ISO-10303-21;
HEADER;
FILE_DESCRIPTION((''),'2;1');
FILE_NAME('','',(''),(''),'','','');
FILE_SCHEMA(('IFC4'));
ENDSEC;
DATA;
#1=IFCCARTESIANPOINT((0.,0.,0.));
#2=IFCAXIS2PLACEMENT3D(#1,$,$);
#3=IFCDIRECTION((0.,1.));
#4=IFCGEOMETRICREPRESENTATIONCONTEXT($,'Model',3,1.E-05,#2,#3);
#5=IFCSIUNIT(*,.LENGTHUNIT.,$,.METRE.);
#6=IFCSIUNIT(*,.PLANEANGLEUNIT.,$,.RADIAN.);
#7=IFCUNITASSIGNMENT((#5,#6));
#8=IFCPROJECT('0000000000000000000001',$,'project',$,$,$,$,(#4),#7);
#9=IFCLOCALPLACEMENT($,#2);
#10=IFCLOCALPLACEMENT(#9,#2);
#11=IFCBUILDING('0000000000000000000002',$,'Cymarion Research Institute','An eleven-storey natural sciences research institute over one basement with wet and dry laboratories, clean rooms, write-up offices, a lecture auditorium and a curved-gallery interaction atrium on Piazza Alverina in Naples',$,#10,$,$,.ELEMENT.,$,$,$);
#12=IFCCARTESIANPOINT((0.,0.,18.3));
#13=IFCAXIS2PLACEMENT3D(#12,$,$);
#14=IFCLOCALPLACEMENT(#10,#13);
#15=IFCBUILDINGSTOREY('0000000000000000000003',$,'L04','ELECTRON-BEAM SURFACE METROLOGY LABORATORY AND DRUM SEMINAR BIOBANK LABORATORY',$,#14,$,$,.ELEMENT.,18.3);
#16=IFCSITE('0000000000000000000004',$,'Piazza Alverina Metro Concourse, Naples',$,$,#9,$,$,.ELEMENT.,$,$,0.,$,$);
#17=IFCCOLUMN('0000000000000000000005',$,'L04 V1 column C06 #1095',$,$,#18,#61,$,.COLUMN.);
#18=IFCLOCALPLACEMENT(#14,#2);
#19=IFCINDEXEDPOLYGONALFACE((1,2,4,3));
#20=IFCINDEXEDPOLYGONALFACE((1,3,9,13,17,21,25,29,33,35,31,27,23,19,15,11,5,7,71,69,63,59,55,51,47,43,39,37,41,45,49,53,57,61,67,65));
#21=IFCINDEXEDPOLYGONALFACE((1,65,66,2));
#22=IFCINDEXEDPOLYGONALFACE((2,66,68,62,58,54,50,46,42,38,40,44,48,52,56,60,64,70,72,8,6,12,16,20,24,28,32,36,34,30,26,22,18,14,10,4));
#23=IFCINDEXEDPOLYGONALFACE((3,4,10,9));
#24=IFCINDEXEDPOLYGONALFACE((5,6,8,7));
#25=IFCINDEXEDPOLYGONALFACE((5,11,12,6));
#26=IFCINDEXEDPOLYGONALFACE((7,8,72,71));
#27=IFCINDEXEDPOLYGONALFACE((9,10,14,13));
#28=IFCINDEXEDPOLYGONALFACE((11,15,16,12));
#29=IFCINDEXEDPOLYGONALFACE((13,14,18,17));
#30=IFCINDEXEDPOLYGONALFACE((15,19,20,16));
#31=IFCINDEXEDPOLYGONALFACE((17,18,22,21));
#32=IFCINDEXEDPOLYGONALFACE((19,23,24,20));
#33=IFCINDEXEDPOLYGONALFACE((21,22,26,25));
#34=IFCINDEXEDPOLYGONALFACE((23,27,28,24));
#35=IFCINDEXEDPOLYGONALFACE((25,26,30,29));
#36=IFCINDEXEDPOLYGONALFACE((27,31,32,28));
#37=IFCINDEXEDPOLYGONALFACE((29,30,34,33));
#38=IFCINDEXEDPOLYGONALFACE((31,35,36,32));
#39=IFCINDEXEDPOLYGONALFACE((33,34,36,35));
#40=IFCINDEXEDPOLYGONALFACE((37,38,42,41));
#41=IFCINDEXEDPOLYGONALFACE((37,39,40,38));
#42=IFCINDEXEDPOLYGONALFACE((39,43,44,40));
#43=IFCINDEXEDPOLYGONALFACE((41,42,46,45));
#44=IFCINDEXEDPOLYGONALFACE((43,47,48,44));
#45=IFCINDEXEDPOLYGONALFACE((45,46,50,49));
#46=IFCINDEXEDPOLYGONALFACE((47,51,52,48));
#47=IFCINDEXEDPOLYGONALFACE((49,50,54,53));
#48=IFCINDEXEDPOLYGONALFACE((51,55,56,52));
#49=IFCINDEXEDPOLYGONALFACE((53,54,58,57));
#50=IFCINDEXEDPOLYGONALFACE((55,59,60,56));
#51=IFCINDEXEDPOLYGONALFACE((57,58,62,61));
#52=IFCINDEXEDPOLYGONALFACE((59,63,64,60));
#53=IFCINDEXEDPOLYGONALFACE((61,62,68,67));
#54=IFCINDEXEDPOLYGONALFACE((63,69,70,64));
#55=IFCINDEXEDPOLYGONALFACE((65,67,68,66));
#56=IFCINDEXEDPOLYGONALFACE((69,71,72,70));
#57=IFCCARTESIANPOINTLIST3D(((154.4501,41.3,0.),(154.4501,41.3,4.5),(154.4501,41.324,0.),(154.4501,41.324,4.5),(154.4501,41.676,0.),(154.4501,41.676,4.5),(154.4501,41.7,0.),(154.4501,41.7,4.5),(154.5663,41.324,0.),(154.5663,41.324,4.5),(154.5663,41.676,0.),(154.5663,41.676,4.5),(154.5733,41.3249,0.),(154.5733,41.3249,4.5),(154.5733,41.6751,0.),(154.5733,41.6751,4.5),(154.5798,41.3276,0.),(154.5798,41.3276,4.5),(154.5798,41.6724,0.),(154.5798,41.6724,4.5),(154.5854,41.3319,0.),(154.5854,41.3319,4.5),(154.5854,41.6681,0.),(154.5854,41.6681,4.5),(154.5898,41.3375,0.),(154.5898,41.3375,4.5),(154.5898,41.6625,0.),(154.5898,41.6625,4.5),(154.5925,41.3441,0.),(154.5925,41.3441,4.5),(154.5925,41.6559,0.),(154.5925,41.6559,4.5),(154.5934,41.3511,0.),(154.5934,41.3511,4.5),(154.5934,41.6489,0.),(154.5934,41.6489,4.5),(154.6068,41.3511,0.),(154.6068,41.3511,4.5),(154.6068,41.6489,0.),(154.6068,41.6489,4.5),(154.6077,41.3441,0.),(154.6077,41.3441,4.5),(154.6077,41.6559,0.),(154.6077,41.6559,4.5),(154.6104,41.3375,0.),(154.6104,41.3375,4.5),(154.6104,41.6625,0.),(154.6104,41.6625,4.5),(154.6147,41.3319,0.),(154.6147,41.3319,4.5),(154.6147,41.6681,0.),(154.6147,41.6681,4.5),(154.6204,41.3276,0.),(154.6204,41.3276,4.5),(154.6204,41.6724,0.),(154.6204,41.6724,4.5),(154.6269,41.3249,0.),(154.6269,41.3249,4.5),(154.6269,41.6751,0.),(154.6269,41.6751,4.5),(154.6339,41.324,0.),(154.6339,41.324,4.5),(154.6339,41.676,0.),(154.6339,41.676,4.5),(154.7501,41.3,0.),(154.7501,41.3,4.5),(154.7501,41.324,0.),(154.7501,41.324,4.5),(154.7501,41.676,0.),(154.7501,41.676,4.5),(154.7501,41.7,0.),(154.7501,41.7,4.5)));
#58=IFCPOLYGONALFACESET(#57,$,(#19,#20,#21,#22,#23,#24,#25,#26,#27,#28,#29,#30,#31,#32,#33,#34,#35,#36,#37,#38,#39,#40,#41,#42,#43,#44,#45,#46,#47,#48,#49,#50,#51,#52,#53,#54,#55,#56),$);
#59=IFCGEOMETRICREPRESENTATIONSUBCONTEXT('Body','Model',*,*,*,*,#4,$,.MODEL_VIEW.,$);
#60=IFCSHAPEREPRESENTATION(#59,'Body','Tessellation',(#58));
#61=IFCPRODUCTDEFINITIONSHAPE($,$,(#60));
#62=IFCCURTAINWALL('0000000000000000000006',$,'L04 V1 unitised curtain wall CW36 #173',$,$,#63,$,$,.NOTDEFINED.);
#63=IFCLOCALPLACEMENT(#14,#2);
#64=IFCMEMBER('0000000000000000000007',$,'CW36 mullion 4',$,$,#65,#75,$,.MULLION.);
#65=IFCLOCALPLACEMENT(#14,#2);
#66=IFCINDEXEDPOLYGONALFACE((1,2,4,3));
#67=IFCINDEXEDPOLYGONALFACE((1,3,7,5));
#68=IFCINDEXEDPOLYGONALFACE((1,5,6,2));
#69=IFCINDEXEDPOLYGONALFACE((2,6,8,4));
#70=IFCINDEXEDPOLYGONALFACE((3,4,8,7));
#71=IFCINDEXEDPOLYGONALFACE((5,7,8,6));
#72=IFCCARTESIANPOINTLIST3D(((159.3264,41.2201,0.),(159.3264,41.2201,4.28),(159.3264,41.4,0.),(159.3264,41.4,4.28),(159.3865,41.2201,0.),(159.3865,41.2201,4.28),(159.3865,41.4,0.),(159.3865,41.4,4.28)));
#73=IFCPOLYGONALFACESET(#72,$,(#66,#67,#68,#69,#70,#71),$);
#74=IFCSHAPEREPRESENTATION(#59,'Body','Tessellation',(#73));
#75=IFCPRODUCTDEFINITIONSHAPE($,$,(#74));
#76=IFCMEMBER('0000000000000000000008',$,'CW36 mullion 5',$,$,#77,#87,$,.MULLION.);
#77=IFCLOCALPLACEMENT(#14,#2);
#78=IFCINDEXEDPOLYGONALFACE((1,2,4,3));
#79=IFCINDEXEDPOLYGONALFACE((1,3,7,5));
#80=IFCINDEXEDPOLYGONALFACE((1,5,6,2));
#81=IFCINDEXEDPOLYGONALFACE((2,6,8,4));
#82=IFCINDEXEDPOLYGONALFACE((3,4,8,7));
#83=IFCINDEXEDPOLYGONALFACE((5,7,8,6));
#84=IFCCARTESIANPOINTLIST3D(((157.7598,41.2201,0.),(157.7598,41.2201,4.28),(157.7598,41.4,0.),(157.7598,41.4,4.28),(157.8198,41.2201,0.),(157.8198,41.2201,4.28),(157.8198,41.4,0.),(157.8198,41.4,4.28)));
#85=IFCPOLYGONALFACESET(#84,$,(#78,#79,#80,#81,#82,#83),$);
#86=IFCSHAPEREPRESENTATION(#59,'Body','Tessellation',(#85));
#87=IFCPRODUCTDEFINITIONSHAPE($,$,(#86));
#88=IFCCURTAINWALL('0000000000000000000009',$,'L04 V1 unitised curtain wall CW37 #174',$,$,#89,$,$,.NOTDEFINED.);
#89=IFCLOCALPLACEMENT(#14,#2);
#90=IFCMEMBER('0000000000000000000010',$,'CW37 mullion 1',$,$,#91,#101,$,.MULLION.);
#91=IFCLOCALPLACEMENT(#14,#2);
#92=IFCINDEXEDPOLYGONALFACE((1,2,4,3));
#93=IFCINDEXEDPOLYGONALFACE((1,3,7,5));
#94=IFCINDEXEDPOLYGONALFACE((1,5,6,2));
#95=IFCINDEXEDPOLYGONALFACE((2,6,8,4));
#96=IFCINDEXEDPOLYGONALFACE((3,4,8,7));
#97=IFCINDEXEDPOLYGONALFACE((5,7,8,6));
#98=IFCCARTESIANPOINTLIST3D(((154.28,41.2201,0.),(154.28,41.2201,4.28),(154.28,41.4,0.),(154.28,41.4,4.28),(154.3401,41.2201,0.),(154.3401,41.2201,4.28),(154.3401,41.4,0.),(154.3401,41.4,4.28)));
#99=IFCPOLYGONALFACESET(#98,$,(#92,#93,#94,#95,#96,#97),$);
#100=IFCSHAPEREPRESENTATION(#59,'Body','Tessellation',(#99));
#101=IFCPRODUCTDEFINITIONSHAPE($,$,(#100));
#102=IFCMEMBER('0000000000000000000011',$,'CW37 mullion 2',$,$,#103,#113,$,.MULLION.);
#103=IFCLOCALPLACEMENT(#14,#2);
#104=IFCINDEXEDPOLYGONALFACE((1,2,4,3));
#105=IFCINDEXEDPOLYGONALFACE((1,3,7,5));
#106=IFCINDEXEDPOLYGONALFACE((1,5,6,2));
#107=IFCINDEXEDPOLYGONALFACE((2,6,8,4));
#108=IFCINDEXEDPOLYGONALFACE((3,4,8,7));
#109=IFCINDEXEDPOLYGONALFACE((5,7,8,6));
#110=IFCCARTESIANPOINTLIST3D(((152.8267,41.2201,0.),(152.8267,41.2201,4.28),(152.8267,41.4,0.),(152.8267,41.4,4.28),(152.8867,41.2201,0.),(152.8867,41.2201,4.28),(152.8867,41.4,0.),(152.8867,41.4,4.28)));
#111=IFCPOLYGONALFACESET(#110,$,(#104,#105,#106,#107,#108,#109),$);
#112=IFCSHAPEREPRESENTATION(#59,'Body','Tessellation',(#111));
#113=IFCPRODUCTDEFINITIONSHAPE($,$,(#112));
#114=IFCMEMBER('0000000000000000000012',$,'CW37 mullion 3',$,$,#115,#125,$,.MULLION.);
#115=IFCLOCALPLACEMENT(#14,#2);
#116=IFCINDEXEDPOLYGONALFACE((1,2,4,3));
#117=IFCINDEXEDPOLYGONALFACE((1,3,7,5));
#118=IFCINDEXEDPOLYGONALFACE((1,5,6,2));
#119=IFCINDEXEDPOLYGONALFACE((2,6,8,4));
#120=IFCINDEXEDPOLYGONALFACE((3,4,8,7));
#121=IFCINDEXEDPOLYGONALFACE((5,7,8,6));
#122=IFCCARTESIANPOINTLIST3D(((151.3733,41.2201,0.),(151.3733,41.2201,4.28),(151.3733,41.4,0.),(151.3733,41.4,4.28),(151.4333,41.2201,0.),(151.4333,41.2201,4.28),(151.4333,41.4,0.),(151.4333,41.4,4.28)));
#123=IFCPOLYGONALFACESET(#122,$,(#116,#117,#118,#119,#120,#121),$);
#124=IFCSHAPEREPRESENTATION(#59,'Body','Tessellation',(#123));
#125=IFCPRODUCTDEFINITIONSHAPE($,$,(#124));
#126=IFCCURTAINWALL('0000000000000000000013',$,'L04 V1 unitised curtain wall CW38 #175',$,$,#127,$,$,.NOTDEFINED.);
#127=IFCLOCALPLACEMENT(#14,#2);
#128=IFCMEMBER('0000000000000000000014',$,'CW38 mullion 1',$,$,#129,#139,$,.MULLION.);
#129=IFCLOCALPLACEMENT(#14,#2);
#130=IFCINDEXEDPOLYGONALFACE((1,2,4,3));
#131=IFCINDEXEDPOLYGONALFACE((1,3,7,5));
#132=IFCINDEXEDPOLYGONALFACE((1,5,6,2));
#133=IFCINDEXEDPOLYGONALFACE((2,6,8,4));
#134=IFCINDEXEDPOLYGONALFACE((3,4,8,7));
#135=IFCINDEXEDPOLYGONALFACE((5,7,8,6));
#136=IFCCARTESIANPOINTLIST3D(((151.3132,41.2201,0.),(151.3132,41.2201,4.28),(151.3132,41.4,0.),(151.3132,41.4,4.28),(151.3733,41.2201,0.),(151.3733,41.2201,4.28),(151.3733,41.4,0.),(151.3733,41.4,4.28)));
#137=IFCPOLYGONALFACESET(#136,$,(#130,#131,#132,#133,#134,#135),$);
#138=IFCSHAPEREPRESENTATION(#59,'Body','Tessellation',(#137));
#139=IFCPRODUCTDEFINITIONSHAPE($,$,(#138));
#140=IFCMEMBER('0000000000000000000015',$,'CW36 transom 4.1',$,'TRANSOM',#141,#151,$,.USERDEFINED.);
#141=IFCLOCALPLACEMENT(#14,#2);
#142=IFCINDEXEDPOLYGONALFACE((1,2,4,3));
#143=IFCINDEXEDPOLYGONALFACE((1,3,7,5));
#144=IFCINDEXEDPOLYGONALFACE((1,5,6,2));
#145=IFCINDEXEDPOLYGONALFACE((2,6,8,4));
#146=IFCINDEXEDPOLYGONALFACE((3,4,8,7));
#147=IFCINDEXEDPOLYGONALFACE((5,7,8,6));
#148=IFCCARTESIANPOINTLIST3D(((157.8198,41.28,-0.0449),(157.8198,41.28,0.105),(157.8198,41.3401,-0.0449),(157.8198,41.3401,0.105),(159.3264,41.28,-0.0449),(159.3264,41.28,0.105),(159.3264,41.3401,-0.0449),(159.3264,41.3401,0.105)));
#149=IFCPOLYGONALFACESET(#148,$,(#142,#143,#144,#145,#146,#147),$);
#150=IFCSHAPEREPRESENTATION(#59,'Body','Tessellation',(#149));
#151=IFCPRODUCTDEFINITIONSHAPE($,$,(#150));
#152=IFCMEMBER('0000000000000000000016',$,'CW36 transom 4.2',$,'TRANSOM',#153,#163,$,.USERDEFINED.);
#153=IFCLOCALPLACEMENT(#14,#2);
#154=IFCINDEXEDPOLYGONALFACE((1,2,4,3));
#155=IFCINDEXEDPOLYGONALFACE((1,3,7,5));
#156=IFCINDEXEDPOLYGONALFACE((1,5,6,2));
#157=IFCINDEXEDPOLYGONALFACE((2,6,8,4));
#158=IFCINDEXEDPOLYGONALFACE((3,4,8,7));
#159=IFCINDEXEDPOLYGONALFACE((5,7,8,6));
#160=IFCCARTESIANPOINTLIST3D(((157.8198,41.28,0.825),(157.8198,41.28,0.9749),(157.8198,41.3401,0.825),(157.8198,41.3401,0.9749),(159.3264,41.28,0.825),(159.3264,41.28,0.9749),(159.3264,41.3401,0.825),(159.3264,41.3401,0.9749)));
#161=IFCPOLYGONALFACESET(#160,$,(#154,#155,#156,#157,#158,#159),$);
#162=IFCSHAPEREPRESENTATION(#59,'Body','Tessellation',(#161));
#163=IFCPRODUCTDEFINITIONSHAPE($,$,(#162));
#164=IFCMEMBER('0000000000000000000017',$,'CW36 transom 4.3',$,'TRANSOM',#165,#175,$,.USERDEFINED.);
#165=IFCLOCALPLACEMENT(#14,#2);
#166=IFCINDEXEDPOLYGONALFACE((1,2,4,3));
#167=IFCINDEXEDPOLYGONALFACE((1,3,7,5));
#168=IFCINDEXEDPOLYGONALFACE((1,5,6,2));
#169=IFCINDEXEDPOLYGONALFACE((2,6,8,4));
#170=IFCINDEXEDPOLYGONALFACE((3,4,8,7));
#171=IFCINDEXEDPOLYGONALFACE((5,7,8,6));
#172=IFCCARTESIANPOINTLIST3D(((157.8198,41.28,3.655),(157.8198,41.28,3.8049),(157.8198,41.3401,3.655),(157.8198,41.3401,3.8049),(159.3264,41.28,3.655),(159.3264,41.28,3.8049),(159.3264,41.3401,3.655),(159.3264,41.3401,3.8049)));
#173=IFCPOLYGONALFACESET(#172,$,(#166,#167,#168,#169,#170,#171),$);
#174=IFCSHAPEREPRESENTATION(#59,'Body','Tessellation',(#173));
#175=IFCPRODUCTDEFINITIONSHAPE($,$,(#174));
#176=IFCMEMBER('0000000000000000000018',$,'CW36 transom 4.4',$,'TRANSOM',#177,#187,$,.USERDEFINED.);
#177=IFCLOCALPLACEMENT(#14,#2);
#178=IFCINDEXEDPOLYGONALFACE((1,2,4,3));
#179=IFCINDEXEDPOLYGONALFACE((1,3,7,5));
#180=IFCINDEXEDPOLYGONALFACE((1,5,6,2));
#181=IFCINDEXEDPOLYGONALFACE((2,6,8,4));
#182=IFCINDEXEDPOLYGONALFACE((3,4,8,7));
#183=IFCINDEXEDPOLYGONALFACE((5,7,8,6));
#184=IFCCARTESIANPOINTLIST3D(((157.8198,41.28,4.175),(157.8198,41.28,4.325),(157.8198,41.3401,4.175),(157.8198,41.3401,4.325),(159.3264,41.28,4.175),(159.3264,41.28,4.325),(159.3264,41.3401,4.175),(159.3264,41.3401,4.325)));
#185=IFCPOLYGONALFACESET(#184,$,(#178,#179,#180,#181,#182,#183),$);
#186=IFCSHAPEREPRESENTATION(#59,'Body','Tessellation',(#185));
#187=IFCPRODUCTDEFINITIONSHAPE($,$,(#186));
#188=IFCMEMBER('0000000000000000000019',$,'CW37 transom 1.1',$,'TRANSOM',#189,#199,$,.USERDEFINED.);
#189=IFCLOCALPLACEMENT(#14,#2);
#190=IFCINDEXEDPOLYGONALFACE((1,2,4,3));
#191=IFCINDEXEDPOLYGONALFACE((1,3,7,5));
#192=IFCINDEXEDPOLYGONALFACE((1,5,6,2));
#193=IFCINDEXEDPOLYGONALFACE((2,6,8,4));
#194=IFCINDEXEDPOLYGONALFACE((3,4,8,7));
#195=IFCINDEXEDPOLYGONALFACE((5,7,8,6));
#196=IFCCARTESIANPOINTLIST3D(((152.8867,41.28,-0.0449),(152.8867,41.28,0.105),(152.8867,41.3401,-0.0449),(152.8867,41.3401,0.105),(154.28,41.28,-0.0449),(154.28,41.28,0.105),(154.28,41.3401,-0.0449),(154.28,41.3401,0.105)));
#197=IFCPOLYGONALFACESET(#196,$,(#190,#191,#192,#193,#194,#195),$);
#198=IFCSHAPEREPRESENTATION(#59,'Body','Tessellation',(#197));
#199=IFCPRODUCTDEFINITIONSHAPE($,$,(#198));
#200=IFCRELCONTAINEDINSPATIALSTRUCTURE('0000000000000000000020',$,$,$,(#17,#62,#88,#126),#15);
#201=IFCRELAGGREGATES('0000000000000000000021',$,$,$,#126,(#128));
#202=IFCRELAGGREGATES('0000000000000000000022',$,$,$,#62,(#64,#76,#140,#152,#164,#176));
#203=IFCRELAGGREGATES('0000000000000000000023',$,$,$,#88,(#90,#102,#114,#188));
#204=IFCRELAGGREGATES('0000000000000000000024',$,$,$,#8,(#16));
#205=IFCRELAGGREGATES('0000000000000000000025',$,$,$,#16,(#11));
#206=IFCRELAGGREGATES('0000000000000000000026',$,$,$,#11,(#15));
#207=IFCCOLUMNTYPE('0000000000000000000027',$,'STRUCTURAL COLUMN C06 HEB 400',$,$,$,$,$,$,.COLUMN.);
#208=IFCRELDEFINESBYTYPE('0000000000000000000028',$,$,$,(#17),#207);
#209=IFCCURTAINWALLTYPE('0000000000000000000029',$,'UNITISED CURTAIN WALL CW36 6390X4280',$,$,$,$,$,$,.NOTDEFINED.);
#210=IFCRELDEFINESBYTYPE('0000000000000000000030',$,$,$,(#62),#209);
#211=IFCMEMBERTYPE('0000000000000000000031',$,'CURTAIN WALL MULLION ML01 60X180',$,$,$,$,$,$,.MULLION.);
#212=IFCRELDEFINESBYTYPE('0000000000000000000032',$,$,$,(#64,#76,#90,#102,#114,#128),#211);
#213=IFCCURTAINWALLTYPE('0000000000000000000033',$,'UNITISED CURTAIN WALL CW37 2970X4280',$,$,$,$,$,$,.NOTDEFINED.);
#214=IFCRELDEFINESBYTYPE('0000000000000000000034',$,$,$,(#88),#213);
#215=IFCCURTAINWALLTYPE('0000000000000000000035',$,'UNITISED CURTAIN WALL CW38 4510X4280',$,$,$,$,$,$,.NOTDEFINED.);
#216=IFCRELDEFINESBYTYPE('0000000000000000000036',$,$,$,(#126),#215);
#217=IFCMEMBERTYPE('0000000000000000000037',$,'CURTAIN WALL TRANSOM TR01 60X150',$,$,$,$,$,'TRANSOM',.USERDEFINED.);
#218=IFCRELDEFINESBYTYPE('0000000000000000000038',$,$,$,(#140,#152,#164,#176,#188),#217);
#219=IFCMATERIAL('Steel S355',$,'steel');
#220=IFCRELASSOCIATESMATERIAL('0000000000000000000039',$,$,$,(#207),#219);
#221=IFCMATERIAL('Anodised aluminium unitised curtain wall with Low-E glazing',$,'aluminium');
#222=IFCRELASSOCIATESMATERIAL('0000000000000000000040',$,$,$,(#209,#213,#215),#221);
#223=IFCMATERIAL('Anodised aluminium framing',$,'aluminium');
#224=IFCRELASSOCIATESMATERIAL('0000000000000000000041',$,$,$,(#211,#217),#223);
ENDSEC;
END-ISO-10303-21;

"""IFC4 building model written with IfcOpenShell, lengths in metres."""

from ifc_helpers import new_model, si_unit, direction, frame, origin, origin_2d, place, context, subcontext, project, spatial, rectangle, i_section, extrude, material, material_profile, profile_set, type_object, element, aggregate, save


model = new_model("IFC4")

# Units and contexts
model_context = context("Model", 3, precision=1e-05, world=origin(), true_north=direction((0.0, 1.0)))
body_context = subcontext(model_context, "Body", "Model", "MODEL_VIEW")
ifc_project = project(units=[si_unit("LENGTHUNIT", "METRE"), si_unit("PLANEANGLEUNIT", "RADIAN")], contexts=[model_context])

# Site, building, storey
site_placement = place(None, origin())
site = spatial("IfcSite", under=ifc_project, at=site_placement, Name="Piazza Alverina Metro Concourse, Naples", CompositionType="ELEMENT", RefElevation=0.0)
building_placement = place(site_placement, origin())
building = spatial("IfcBuilding", under=site, at=building_placement, Name="Cymarion Research Institute", Description="An eleven-storey natural sciences research institute over one basement with wet and dry laboratories, clean rooms, write-up offices, a lecture auditorium and a curved-gallery interaction atrium on Piazza Alverina in Naples", CompositionType="ELEMENT")
storey_placement = place(building_placement, frame((0.0, 0.0, 18.3)))
storey = spatial("IfcBuildingStorey", under=building, at=storey_placement, Name="L04", Description="ELECTRON-BEAM SURFACE METROLOGY LABORATORY AND DRUM SEMINAR BIOBANK LABORATORY", CompositionType="ELEMENT", Elevation=18.3)

# Column
ifc_material_1 = material(Name="Steel S355", Category="steel")
ifc_material_profile_1 = material_profile(ifc_material_1, i_section(OverallWidth=0.3, OverallDepth=0.3999, WebThickness=0.0134, FlangeThickness=0.0239, FilletRadius=0.0271, at=origin_2d()), Name="HEB 400")
ifc_profile_set_1 = profile_set([ifc_material_profile_1], Name="Steel S355")
column_type = type_object("IfcColumnType", Name="STRUCTURAL COLUMN C06 HEB 400", PredefinedType="COLUMN", material=ifc_profile_set_1)
column_placement = place(storey_placement, frame((154.6001, 41.5, 0.0), z_axis=(0.0, 0.0, 1.0), x_axis=(1.0, 0.0, 0.0)))
element("IfcColumn", 1, at=column_placement, inside=storey, type_object=column_type, Name="L04 V1 column C06 #1095", PredefinedType="COLUMN", context=body_context, shape_type="SweptSolid", body=[
    extrude(i_section(OverallWidth=0.3, OverallDepth=0.3999, WebThickness=0.0134, FlangeThickness=0.0239, FilletRadius=0.0271, at=origin_2d()), origin(), (0.0, 0.0, 1.0), 4.5),
])

# Curtain walls, members
ifc_material_2 = material(Name="Anodised aluminium unitised curtain wall with Low-E glazing", Category="aluminium")
curtain_wall_type_1 = type_object("IfcCurtainWallType", Name="UNITISED CURTAIN WALL CW36 6390X4280", PredefinedType="NOTDEFINED", material=ifc_material_2)
curtain_wall_1_placement = place(storey_placement, origin())
curtain_wall_1 = element("IfcCurtainWall", 2, at=curtain_wall_1_placement, inside=storey, type_object=curtain_wall_type_1, Name="L04 V1 unitised curtain wall CW36 #173", PredefinedType="NOTDEFINED")
ifc_material_3 = material(Name="Anodised aluminium framing", Category="aluminium")
ifc_material_profile_2 = material_profile(ifc_material_3, rectangle(XDim=0.0601, YDim=0.1799, at=origin_2d()), Name="ALU MULLION 60x180")
ifc_profile_set_2 = profile_set([ifc_material_profile_2], Name="Anodised aluminium framing")
member_type_1 = type_object("IfcMemberType", Name="CURTAIN WALL MULLION ML01 60X180", PredefinedType="MULLION", material=ifc_profile_set_2)
member_1_placement = place(storey_placement, frame((159.3564, 41.3101, 0.0), z_axis=(0.0, 0.0, 1.0), x_axis=(-1.0, 0.0, 0.0)))
member_1 = element("IfcMember", 3, at=member_1_placement, type_object=member_type_1, Name="CW36 mullion 4", PredefinedType="MULLION", context=body_context, shape_type="SweptSolid", body=[
    extrude(rectangle(XDim=0.0601, YDim=0.1799, at=origin_2d()), origin(), (0.0, 0.0, 1.0), 4.28),
])
member_2_placement = place(storey_placement, frame((157.7898, 41.3101, 0.0), z_axis=(0.0, 0.0, 1.0), x_axis=(-1.0, 0.0, 0.0)))
member_2 = element("IfcMember", 4, at=member_2_placement, type_object=member_type_1, Name="CW36 mullion 5", PredefinedType="MULLION", context=body_context, shape_type="SweptSolid", body=[
    extrude(rectangle(XDim=0.0601, YDim=0.1799, at=origin_2d()), origin(), (0.0, 0.0, 1.0), 4.28),
])
curtain_wall_type_2 = type_object("IfcCurtainWallType", Name="UNITISED CURTAIN WALL CW37 2970X4280", PredefinedType="NOTDEFINED", material=ifc_material_2)
curtain_wall_2_placement = place(storey_placement, origin())
curtain_wall_2 = element("IfcCurtainWall", 5, at=curtain_wall_2_placement, inside=storey, type_object=curtain_wall_type_2, Name="L04 V1 unitised curtain wall CW37 #174", PredefinedType="NOTDEFINED")
member_3_placement = place(storey_placement, frame((154.3101, 41.3101, 0.0), z_axis=(0.0, 0.0, 1.0), x_axis=(-1.0, 0.0, 0.0)))
member_3 = element("IfcMember", 6, at=member_3_placement, type_object=member_type_1, Name="CW37 mullion 1", PredefinedType="MULLION", context=body_context, shape_type="SweptSolid", body=[
    extrude(rectangle(XDim=0.0601, YDim=0.1799, at=origin_2d()), origin(), (0.0, 0.0, 1.0), 4.28),
])
member_4_placement = place(storey_placement, frame((152.8567, 41.3101, 0.0), z_axis=(0.0, 0.0, 1.0), x_axis=(-1.0, 0.0, 0.0)))
member_4 = element("IfcMember", 7, at=member_4_placement, type_object=member_type_1, Name="CW37 mullion 2", PredefinedType="MULLION", context=body_context, shape_type="SweptSolid", body=[
    extrude(rectangle(XDim=0.0601, YDim=0.1799, at=origin_2d()), origin(), (0.0, 0.0, 1.0), 4.28),
])
member_5_placement = place(storey_placement, frame((151.4033, 41.3101, 0.0), z_axis=(0.0, 0.0, 1.0), x_axis=(-1.0, 0.0, 0.0)))
member_5 = element("IfcMember", 8, at=member_5_placement, type_object=member_type_1, Name="CW37 mullion 3", PredefinedType="MULLION", context=body_context, shape_type="SweptSolid", body=[
    extrude(rectangle(XDim=0.0601, YDim=0.1799, at=origin_2d()), origin(), (0.0, 0.0, 1.0), 4.28),
])

# Curtain wall, member
curtain_wall_type_3 = type_object("IfcCurtainWallType", Name="UNITISED CURTAIN WALL CW38 4510X4280", PredefinedType="NOTDEFINED", material=ifc_material_2)
curtain_wall_3_placement = place(storey_placement, origin())
curtain_wall_3 = element("IfcCurtainWall", 9, at=curtain_wall_3_placement, inside=storey, type_object=curtain_wall_type_3, Name="L04 V1 unitised curtain wall CW38 #175", PredefinedType="NOTDEFINED")
member_6_placement = place(storey_placement, frame((151.3433, 41.3101, 0.0), z_axis=(0.0, 0.0, 1.0), x_axis=(-1.0, 0.0, 0.0)))
member_6 = element("IfcMember", 10, at=member_6_placement, type_object=member_type_1, Name="CW38 mullion 1", PredefinedType="MULLION", context=body_context, shape_type="SweptSolid", body=[
    extrude(rectangle(XDim=0.0601, YDim=0.1799, at=origin_2d()), origin(), (0.0, 0.0, 1.0), 4.28),
])
aggregate(curtain_wall_3, [member_6])

# Members
ifc_material_profile_3 = material_profile(ifc_material_3, rectangle(XDim=0.0601, YDim=0.1499, at=origin_2d()), Name="ALU TRANSOM 60x150")
ifc_profile_set_3 = profile_set([ifc_material_profile_3], Name="Anodised aluminium framing")
member_type_2 = type_object("IfcMemberType", Name="CURTAIN WALL TRANSOM TR01 60X150", ElementType="TRANSOM", PredefinedType="USERDEFINED", material=ifc_profile_set_3)
member_7_placement = place(storey_placement, frame((159.3264, 41.3101, 0.03), z_axis=(-1.0, 0.0, 0.0), x_axis=(0.0, -1.0, 0.0)))
member_7 = element("IfcMember", 11, at=member_7_placement, type_object=member_type_2, Name="CW36 transom 4.1", ObjectType="TRANSOM", PredefinedType="USERDEFINED", context=body_context, shape_type="SweptSolid", body=[
    extrude(rectangle(XDim=0.0601, YDim=0.1499, at=origin_2d()), origin(), (0.0, 0.0, 1.0), 1.5066),
])
member_8_placement = place(storey_placement, frame((159.3264, 41.3101, 0.8999), z_axis=(-1.0, 0.0, 0.0), x_axis=(0.0, -1.0, 0.0)))
member_8 = element("IfcMember", 12, at=member_8_placement, type_object=member_type_2, Name="CW36 transom 4.2", ObjectType="TRANSOM", PredefinedType="USERDEFINED", context=body_context, shape_type="SweptSolid", body=[
    extrude(rectangle(XDim=0.0601, YDim=0.1499, at=origin_2d()), origin(), (0.0, 0.0, 1.0), 1.5066),
])
member_9_placement = place(storey_placement, frame((159.3264, 41.3101, 3.73), z_axis=(-1.0, 0.0, 0.0), x_axis=(0.0, -1.0, 0.0)))
member_9 = element("IfcMember", 13, at=member_9_placement, type_object=member_type_2, Name="CW36 transom 4.3", ObjectType="TRANSOM", PredefinedType="USERDEFINED", context=body_context, shape_type="SweptSolid", body=[
    extrude(rectangle(XDim=0.0601, YDim=0.1499, at=origin_2d()), origin(), (0.0, 0.0, 1.0), 1.5066),
])
member_10_placement = place(storey_placement, frame((159.3264, 41.3101, 4.25), z_axis=(-1.0, 0.0, 0.0), x_axis=(0.0, -1.0, 0.0)))
member_10 = element("IfcMember", 14, at=member_10_placement, type_object=member_type_2, Name="CW36 transom 4.4", ObjectType="TRANSOM", PredefinedType="USERDEFINED", context=body_context, shape_type="SweptSolid", body=[
    extrude(rectangle(XDim=0.0601, YDim=0.1499, at=origin_2d()), origin(), (0.0, 0.0, 1.0), 1.5066),
])
member_11_placement = place(storey_placement, frame((154.28, 41.3101, 0.03), z_axis=(-1.0, 0.0, 0.0), x_axis=(0.0, -1.0, 0.0)))
member_11 = element("IfcMember", 15, at=member_11_placement, type_object=member_type_2, Name="CW37 transom 1.1", ObjectType="TRANSOM", PredefinedType="USERDEFINED", context=body_context, shape_type="SweptSolid", body=[
    extrude(rectangle(XDim=0.0601, YDim=0.1499, at=origin_2d()), origin(), (0.0, 0.0, 1.0), 1.3933),
])

aggregate(curtain_wall_1, [member_1, member_2, member_7, member_8, member_9, member_10])
aggregate(curtain_wall_2, [member_3, member_4, member_5, member_11])

save(model, "model.ifc")
